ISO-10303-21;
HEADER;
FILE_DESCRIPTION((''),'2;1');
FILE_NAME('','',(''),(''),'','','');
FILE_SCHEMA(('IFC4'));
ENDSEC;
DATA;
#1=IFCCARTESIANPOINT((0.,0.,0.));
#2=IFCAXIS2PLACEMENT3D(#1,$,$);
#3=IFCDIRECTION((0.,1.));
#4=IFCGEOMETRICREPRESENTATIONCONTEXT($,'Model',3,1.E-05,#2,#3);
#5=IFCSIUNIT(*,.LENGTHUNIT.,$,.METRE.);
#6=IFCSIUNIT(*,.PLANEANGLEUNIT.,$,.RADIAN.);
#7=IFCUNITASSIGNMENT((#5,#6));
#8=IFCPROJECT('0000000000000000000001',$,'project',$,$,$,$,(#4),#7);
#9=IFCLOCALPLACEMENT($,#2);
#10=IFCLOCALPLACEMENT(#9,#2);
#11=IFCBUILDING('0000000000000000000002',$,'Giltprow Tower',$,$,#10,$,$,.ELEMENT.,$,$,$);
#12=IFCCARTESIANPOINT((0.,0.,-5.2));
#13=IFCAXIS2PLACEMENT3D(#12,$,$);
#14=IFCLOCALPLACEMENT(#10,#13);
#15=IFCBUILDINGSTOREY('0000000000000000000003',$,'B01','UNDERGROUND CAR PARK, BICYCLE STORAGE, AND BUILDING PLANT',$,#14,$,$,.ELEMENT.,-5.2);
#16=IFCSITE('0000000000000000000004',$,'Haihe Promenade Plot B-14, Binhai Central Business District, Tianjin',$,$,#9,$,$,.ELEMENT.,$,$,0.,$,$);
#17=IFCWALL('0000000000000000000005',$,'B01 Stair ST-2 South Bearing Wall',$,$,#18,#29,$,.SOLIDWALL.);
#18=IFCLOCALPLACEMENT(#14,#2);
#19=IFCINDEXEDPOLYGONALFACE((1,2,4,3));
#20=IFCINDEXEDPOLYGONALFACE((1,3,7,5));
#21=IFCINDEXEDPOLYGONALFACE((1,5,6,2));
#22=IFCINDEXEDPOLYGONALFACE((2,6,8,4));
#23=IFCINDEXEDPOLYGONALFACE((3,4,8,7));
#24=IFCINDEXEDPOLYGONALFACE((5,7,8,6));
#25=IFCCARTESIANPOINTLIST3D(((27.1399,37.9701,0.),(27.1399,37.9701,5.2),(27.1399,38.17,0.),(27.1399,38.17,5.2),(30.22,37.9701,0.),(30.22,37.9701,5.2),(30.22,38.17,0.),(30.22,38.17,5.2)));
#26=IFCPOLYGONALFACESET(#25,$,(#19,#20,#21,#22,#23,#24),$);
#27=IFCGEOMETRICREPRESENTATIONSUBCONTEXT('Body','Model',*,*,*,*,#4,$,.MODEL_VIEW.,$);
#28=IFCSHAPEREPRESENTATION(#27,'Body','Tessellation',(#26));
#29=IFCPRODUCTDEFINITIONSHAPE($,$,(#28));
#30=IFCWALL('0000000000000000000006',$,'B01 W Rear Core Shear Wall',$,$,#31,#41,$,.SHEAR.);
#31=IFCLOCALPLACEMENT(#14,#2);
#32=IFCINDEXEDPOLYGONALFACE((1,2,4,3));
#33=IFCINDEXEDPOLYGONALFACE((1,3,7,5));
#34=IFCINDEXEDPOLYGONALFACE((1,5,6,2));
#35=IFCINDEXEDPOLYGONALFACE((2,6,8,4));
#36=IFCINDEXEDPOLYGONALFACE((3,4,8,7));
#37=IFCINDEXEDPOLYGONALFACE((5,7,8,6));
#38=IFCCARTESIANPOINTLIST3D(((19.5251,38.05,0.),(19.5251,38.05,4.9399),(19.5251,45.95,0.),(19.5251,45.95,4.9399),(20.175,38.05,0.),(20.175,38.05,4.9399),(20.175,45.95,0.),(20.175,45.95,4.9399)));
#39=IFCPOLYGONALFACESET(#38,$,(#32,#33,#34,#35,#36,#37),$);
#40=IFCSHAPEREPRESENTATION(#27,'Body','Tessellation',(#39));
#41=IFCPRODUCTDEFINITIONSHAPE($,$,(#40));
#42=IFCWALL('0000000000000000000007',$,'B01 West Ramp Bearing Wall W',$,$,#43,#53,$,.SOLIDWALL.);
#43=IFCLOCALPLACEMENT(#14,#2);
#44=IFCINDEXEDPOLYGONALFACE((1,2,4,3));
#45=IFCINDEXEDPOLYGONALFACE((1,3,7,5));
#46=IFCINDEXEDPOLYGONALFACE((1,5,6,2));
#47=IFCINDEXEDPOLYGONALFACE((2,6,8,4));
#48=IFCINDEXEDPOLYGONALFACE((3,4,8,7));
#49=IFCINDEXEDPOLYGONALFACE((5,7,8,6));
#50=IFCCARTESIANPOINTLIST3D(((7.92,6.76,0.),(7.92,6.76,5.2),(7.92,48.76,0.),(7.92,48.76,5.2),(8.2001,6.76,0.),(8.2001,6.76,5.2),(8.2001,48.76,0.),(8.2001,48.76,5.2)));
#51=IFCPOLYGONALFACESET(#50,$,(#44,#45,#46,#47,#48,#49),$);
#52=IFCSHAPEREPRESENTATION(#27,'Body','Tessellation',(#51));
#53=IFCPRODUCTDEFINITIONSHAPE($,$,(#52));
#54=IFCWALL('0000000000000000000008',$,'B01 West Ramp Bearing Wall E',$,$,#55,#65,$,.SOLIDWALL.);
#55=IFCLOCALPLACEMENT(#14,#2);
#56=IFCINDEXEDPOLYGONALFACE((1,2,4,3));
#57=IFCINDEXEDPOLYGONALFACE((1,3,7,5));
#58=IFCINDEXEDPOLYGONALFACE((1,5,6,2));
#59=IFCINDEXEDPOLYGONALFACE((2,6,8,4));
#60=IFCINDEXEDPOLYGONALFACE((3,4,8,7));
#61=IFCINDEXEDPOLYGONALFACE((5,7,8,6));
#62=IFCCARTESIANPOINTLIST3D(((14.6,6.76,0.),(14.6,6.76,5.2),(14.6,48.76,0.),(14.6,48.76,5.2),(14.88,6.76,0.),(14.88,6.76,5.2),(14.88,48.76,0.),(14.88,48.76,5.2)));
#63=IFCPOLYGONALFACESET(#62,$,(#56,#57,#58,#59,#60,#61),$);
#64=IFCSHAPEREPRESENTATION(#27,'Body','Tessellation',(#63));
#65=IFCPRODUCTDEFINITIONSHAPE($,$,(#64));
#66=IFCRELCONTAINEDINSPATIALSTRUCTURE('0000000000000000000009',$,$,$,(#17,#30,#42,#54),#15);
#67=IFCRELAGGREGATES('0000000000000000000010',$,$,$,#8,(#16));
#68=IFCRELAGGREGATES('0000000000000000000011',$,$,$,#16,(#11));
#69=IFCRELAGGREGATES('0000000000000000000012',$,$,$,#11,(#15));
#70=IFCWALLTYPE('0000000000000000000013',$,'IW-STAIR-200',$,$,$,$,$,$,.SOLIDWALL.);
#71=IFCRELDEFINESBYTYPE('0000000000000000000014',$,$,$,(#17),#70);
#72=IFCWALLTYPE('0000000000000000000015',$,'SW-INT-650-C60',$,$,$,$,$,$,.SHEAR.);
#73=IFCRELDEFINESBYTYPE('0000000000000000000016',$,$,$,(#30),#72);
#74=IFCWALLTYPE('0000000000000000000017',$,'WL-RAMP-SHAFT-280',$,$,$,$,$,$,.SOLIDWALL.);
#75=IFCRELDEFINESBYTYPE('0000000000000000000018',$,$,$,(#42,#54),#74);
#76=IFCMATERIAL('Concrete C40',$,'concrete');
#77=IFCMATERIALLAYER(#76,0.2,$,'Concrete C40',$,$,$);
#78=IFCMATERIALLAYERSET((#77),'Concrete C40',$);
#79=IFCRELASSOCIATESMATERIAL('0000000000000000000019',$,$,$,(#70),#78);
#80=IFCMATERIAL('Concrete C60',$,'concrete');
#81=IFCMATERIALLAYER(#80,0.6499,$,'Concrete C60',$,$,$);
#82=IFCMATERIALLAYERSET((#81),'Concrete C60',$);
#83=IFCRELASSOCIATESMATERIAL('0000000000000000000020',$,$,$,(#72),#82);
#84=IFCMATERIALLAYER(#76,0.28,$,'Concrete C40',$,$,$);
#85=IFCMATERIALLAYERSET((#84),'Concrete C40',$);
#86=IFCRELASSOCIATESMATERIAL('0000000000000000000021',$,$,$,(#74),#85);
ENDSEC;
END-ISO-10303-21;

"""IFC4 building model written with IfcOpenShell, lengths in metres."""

from ifc_helpers import new_model, si_unit, direction, frame, frame_2d, origin, place, context, subcontext, project, spatial, rectangle, extrude, material, layer, layer_set, type_object, element, save


model = new_model("IFC4")

# Units and contexts
model_context = context("Model", 3, precision=1e-05, world=origin(), true_north=direction((0.0, 1.0)))
body_context = subcontext(model_context, "Body", "Model", "MODEL_VIEW")
ifc_project = project(units=[si_unit("LENGTHUNIT", "METRE"), si_unit("PLANEANGLEUNIT", "RADIAN")], contexts=[model_context])

# Site, building, storey
site_placement = place(None, origin())
site = spatial("IfcSite", under=ifc_project, at=site_placement, Name="Haihe Promenade Plot B-14, Binhai Central Business District, Tianjin", CompositionType="ELEMENT", RefElevation=0.0)
building_placement = place(site_placement, origin())
building = spatial("IfcBuilding", under=site, at=building_placement, Name="Giltprow Tower", CompositionType="ELEMENT")
storey_placement = place(building_placement, frame((0.0, 0.0, -5.2)))
storey = spatial("IfcBuildingStorey", under=building, at=storey_placement, Name="B01", Description="UNDERGROUND CAR PARK, BICYCLE STORAGE, AND BUILDING PLANT", CompositionType="ELEMENT", Elevation=-5.2)

# Shared definitions
ifc_material_1 = material(Name="Concrete C60", Category="concrete")

# Shared definitions
ifc_material_2 = material(Name="Concrete C40", Category="concrete")
ifc_layer_1 = layer(ifc_material_2, 0.2, Name="Concrete C40")
ifc_layer_set_1 = layer_set([ifc_layer_1], Name="Concrete C40")
wall_type_1 = type_object("IfcWallType", Name="IW-STAIR-200", PredefinedType="SOLIDWALL", material=ifc_layer_set_1)

# Wall
wall_1_placement = place(storey_placement, frame((27.1399, 38.0701, 0.0), z_axis=(0.0, 0.0, 1.0), x_axis=(1.0, 0.0, 0.0)))
element("IfcWall", 1, at=wall_1_placement, inside=storey, type_object=wall_type_1, Name="B01 Stair ST-2 South Bearing Wall", PredefinedType="SOLIDWALL", context=body_context, shape_type="SweptSolid", body=[
    extrude(rectangle(XDim=3.0801, YDim=0.2, at=frame_2d((1.54, 0.0))), origin(), (0.0, 0.0, 1.0), 5.2),
])

# Shared definitions
ifc_layer_2 = layer(ifc_material_1, 0.6499, Name="Concrete C60")
ifc_layer_set_2 = layer_set([ifc_layer_2], Name="Concrete C60")
wall_type_2 = type_object("IfcWallType", Name="SW-INT-650-C60", PredefinedType="SHEAR", material=ifc_layer_set_2)

# Walls
wall_2_placement = place(storey_placement, frame((19.8501, 38.05, 0.0), z_axis=(0.0, 0.0, 1.0), x_axis=(0.0, 1.0, 0.0)))
element("IfcWall", 2, at=wall_2_placement, inside=storey, type_object=wall_type_2, Name="B01 W Rear Core Shear Wall", PredefinedType="SHEAR", context=body_context, shape_type="SweptSolid", body=[
    extrude(rectangle(XDim=7.8999, YDim=0.6499, at=frame_2d((3.95, 0.0))), origin(), (0.0, 0.0, 1.0), 4.9399),
])
ifc_layer_3 = layer(ifc_material_2, 0.28, Name="Concrete C40")
ifc_layer_set_3 = layer_set([ifc_layer_3], Name="Concrete C40")
wall_type_3 = type_object("IfcWallType", Name="WL-RAMP-SHAFT-280", PredefinedType="SOLIDWALL", material=ifc_layer_set_3)
for number, where, z_axis, x_axis, name in (
    (3, (8.0601, 6.76, 0.0), (0.0, 0.0, 1.0), (0.0, 1.0, 0.0), "B01 West Ramp Bearing Wall W"),
    (4, (14.74, 6.76, 0.0), (0.0, 0.0, 1.0), (0.0, 1.0, 0.0), "B01 West Ramp Bearing Wall E"),
):
    element("IfcWall", number, at=place(storey_placement, frame(where, z_axis=z_axis, x_axis=x_axis)), inside=storey, type_object=wall_type_3, Name=name, PredefinedType="SOLIDWALL", context=body_context, shape_type="SweptSolid", body=[
        extrude(rectangle(XDim=42.0, YDim=0.28, at=frame_2d((21.0, 0.0))), origin(), (0.0, 0.0, 1.0), 5.2),
    ])

save(model, "model.ifc")
